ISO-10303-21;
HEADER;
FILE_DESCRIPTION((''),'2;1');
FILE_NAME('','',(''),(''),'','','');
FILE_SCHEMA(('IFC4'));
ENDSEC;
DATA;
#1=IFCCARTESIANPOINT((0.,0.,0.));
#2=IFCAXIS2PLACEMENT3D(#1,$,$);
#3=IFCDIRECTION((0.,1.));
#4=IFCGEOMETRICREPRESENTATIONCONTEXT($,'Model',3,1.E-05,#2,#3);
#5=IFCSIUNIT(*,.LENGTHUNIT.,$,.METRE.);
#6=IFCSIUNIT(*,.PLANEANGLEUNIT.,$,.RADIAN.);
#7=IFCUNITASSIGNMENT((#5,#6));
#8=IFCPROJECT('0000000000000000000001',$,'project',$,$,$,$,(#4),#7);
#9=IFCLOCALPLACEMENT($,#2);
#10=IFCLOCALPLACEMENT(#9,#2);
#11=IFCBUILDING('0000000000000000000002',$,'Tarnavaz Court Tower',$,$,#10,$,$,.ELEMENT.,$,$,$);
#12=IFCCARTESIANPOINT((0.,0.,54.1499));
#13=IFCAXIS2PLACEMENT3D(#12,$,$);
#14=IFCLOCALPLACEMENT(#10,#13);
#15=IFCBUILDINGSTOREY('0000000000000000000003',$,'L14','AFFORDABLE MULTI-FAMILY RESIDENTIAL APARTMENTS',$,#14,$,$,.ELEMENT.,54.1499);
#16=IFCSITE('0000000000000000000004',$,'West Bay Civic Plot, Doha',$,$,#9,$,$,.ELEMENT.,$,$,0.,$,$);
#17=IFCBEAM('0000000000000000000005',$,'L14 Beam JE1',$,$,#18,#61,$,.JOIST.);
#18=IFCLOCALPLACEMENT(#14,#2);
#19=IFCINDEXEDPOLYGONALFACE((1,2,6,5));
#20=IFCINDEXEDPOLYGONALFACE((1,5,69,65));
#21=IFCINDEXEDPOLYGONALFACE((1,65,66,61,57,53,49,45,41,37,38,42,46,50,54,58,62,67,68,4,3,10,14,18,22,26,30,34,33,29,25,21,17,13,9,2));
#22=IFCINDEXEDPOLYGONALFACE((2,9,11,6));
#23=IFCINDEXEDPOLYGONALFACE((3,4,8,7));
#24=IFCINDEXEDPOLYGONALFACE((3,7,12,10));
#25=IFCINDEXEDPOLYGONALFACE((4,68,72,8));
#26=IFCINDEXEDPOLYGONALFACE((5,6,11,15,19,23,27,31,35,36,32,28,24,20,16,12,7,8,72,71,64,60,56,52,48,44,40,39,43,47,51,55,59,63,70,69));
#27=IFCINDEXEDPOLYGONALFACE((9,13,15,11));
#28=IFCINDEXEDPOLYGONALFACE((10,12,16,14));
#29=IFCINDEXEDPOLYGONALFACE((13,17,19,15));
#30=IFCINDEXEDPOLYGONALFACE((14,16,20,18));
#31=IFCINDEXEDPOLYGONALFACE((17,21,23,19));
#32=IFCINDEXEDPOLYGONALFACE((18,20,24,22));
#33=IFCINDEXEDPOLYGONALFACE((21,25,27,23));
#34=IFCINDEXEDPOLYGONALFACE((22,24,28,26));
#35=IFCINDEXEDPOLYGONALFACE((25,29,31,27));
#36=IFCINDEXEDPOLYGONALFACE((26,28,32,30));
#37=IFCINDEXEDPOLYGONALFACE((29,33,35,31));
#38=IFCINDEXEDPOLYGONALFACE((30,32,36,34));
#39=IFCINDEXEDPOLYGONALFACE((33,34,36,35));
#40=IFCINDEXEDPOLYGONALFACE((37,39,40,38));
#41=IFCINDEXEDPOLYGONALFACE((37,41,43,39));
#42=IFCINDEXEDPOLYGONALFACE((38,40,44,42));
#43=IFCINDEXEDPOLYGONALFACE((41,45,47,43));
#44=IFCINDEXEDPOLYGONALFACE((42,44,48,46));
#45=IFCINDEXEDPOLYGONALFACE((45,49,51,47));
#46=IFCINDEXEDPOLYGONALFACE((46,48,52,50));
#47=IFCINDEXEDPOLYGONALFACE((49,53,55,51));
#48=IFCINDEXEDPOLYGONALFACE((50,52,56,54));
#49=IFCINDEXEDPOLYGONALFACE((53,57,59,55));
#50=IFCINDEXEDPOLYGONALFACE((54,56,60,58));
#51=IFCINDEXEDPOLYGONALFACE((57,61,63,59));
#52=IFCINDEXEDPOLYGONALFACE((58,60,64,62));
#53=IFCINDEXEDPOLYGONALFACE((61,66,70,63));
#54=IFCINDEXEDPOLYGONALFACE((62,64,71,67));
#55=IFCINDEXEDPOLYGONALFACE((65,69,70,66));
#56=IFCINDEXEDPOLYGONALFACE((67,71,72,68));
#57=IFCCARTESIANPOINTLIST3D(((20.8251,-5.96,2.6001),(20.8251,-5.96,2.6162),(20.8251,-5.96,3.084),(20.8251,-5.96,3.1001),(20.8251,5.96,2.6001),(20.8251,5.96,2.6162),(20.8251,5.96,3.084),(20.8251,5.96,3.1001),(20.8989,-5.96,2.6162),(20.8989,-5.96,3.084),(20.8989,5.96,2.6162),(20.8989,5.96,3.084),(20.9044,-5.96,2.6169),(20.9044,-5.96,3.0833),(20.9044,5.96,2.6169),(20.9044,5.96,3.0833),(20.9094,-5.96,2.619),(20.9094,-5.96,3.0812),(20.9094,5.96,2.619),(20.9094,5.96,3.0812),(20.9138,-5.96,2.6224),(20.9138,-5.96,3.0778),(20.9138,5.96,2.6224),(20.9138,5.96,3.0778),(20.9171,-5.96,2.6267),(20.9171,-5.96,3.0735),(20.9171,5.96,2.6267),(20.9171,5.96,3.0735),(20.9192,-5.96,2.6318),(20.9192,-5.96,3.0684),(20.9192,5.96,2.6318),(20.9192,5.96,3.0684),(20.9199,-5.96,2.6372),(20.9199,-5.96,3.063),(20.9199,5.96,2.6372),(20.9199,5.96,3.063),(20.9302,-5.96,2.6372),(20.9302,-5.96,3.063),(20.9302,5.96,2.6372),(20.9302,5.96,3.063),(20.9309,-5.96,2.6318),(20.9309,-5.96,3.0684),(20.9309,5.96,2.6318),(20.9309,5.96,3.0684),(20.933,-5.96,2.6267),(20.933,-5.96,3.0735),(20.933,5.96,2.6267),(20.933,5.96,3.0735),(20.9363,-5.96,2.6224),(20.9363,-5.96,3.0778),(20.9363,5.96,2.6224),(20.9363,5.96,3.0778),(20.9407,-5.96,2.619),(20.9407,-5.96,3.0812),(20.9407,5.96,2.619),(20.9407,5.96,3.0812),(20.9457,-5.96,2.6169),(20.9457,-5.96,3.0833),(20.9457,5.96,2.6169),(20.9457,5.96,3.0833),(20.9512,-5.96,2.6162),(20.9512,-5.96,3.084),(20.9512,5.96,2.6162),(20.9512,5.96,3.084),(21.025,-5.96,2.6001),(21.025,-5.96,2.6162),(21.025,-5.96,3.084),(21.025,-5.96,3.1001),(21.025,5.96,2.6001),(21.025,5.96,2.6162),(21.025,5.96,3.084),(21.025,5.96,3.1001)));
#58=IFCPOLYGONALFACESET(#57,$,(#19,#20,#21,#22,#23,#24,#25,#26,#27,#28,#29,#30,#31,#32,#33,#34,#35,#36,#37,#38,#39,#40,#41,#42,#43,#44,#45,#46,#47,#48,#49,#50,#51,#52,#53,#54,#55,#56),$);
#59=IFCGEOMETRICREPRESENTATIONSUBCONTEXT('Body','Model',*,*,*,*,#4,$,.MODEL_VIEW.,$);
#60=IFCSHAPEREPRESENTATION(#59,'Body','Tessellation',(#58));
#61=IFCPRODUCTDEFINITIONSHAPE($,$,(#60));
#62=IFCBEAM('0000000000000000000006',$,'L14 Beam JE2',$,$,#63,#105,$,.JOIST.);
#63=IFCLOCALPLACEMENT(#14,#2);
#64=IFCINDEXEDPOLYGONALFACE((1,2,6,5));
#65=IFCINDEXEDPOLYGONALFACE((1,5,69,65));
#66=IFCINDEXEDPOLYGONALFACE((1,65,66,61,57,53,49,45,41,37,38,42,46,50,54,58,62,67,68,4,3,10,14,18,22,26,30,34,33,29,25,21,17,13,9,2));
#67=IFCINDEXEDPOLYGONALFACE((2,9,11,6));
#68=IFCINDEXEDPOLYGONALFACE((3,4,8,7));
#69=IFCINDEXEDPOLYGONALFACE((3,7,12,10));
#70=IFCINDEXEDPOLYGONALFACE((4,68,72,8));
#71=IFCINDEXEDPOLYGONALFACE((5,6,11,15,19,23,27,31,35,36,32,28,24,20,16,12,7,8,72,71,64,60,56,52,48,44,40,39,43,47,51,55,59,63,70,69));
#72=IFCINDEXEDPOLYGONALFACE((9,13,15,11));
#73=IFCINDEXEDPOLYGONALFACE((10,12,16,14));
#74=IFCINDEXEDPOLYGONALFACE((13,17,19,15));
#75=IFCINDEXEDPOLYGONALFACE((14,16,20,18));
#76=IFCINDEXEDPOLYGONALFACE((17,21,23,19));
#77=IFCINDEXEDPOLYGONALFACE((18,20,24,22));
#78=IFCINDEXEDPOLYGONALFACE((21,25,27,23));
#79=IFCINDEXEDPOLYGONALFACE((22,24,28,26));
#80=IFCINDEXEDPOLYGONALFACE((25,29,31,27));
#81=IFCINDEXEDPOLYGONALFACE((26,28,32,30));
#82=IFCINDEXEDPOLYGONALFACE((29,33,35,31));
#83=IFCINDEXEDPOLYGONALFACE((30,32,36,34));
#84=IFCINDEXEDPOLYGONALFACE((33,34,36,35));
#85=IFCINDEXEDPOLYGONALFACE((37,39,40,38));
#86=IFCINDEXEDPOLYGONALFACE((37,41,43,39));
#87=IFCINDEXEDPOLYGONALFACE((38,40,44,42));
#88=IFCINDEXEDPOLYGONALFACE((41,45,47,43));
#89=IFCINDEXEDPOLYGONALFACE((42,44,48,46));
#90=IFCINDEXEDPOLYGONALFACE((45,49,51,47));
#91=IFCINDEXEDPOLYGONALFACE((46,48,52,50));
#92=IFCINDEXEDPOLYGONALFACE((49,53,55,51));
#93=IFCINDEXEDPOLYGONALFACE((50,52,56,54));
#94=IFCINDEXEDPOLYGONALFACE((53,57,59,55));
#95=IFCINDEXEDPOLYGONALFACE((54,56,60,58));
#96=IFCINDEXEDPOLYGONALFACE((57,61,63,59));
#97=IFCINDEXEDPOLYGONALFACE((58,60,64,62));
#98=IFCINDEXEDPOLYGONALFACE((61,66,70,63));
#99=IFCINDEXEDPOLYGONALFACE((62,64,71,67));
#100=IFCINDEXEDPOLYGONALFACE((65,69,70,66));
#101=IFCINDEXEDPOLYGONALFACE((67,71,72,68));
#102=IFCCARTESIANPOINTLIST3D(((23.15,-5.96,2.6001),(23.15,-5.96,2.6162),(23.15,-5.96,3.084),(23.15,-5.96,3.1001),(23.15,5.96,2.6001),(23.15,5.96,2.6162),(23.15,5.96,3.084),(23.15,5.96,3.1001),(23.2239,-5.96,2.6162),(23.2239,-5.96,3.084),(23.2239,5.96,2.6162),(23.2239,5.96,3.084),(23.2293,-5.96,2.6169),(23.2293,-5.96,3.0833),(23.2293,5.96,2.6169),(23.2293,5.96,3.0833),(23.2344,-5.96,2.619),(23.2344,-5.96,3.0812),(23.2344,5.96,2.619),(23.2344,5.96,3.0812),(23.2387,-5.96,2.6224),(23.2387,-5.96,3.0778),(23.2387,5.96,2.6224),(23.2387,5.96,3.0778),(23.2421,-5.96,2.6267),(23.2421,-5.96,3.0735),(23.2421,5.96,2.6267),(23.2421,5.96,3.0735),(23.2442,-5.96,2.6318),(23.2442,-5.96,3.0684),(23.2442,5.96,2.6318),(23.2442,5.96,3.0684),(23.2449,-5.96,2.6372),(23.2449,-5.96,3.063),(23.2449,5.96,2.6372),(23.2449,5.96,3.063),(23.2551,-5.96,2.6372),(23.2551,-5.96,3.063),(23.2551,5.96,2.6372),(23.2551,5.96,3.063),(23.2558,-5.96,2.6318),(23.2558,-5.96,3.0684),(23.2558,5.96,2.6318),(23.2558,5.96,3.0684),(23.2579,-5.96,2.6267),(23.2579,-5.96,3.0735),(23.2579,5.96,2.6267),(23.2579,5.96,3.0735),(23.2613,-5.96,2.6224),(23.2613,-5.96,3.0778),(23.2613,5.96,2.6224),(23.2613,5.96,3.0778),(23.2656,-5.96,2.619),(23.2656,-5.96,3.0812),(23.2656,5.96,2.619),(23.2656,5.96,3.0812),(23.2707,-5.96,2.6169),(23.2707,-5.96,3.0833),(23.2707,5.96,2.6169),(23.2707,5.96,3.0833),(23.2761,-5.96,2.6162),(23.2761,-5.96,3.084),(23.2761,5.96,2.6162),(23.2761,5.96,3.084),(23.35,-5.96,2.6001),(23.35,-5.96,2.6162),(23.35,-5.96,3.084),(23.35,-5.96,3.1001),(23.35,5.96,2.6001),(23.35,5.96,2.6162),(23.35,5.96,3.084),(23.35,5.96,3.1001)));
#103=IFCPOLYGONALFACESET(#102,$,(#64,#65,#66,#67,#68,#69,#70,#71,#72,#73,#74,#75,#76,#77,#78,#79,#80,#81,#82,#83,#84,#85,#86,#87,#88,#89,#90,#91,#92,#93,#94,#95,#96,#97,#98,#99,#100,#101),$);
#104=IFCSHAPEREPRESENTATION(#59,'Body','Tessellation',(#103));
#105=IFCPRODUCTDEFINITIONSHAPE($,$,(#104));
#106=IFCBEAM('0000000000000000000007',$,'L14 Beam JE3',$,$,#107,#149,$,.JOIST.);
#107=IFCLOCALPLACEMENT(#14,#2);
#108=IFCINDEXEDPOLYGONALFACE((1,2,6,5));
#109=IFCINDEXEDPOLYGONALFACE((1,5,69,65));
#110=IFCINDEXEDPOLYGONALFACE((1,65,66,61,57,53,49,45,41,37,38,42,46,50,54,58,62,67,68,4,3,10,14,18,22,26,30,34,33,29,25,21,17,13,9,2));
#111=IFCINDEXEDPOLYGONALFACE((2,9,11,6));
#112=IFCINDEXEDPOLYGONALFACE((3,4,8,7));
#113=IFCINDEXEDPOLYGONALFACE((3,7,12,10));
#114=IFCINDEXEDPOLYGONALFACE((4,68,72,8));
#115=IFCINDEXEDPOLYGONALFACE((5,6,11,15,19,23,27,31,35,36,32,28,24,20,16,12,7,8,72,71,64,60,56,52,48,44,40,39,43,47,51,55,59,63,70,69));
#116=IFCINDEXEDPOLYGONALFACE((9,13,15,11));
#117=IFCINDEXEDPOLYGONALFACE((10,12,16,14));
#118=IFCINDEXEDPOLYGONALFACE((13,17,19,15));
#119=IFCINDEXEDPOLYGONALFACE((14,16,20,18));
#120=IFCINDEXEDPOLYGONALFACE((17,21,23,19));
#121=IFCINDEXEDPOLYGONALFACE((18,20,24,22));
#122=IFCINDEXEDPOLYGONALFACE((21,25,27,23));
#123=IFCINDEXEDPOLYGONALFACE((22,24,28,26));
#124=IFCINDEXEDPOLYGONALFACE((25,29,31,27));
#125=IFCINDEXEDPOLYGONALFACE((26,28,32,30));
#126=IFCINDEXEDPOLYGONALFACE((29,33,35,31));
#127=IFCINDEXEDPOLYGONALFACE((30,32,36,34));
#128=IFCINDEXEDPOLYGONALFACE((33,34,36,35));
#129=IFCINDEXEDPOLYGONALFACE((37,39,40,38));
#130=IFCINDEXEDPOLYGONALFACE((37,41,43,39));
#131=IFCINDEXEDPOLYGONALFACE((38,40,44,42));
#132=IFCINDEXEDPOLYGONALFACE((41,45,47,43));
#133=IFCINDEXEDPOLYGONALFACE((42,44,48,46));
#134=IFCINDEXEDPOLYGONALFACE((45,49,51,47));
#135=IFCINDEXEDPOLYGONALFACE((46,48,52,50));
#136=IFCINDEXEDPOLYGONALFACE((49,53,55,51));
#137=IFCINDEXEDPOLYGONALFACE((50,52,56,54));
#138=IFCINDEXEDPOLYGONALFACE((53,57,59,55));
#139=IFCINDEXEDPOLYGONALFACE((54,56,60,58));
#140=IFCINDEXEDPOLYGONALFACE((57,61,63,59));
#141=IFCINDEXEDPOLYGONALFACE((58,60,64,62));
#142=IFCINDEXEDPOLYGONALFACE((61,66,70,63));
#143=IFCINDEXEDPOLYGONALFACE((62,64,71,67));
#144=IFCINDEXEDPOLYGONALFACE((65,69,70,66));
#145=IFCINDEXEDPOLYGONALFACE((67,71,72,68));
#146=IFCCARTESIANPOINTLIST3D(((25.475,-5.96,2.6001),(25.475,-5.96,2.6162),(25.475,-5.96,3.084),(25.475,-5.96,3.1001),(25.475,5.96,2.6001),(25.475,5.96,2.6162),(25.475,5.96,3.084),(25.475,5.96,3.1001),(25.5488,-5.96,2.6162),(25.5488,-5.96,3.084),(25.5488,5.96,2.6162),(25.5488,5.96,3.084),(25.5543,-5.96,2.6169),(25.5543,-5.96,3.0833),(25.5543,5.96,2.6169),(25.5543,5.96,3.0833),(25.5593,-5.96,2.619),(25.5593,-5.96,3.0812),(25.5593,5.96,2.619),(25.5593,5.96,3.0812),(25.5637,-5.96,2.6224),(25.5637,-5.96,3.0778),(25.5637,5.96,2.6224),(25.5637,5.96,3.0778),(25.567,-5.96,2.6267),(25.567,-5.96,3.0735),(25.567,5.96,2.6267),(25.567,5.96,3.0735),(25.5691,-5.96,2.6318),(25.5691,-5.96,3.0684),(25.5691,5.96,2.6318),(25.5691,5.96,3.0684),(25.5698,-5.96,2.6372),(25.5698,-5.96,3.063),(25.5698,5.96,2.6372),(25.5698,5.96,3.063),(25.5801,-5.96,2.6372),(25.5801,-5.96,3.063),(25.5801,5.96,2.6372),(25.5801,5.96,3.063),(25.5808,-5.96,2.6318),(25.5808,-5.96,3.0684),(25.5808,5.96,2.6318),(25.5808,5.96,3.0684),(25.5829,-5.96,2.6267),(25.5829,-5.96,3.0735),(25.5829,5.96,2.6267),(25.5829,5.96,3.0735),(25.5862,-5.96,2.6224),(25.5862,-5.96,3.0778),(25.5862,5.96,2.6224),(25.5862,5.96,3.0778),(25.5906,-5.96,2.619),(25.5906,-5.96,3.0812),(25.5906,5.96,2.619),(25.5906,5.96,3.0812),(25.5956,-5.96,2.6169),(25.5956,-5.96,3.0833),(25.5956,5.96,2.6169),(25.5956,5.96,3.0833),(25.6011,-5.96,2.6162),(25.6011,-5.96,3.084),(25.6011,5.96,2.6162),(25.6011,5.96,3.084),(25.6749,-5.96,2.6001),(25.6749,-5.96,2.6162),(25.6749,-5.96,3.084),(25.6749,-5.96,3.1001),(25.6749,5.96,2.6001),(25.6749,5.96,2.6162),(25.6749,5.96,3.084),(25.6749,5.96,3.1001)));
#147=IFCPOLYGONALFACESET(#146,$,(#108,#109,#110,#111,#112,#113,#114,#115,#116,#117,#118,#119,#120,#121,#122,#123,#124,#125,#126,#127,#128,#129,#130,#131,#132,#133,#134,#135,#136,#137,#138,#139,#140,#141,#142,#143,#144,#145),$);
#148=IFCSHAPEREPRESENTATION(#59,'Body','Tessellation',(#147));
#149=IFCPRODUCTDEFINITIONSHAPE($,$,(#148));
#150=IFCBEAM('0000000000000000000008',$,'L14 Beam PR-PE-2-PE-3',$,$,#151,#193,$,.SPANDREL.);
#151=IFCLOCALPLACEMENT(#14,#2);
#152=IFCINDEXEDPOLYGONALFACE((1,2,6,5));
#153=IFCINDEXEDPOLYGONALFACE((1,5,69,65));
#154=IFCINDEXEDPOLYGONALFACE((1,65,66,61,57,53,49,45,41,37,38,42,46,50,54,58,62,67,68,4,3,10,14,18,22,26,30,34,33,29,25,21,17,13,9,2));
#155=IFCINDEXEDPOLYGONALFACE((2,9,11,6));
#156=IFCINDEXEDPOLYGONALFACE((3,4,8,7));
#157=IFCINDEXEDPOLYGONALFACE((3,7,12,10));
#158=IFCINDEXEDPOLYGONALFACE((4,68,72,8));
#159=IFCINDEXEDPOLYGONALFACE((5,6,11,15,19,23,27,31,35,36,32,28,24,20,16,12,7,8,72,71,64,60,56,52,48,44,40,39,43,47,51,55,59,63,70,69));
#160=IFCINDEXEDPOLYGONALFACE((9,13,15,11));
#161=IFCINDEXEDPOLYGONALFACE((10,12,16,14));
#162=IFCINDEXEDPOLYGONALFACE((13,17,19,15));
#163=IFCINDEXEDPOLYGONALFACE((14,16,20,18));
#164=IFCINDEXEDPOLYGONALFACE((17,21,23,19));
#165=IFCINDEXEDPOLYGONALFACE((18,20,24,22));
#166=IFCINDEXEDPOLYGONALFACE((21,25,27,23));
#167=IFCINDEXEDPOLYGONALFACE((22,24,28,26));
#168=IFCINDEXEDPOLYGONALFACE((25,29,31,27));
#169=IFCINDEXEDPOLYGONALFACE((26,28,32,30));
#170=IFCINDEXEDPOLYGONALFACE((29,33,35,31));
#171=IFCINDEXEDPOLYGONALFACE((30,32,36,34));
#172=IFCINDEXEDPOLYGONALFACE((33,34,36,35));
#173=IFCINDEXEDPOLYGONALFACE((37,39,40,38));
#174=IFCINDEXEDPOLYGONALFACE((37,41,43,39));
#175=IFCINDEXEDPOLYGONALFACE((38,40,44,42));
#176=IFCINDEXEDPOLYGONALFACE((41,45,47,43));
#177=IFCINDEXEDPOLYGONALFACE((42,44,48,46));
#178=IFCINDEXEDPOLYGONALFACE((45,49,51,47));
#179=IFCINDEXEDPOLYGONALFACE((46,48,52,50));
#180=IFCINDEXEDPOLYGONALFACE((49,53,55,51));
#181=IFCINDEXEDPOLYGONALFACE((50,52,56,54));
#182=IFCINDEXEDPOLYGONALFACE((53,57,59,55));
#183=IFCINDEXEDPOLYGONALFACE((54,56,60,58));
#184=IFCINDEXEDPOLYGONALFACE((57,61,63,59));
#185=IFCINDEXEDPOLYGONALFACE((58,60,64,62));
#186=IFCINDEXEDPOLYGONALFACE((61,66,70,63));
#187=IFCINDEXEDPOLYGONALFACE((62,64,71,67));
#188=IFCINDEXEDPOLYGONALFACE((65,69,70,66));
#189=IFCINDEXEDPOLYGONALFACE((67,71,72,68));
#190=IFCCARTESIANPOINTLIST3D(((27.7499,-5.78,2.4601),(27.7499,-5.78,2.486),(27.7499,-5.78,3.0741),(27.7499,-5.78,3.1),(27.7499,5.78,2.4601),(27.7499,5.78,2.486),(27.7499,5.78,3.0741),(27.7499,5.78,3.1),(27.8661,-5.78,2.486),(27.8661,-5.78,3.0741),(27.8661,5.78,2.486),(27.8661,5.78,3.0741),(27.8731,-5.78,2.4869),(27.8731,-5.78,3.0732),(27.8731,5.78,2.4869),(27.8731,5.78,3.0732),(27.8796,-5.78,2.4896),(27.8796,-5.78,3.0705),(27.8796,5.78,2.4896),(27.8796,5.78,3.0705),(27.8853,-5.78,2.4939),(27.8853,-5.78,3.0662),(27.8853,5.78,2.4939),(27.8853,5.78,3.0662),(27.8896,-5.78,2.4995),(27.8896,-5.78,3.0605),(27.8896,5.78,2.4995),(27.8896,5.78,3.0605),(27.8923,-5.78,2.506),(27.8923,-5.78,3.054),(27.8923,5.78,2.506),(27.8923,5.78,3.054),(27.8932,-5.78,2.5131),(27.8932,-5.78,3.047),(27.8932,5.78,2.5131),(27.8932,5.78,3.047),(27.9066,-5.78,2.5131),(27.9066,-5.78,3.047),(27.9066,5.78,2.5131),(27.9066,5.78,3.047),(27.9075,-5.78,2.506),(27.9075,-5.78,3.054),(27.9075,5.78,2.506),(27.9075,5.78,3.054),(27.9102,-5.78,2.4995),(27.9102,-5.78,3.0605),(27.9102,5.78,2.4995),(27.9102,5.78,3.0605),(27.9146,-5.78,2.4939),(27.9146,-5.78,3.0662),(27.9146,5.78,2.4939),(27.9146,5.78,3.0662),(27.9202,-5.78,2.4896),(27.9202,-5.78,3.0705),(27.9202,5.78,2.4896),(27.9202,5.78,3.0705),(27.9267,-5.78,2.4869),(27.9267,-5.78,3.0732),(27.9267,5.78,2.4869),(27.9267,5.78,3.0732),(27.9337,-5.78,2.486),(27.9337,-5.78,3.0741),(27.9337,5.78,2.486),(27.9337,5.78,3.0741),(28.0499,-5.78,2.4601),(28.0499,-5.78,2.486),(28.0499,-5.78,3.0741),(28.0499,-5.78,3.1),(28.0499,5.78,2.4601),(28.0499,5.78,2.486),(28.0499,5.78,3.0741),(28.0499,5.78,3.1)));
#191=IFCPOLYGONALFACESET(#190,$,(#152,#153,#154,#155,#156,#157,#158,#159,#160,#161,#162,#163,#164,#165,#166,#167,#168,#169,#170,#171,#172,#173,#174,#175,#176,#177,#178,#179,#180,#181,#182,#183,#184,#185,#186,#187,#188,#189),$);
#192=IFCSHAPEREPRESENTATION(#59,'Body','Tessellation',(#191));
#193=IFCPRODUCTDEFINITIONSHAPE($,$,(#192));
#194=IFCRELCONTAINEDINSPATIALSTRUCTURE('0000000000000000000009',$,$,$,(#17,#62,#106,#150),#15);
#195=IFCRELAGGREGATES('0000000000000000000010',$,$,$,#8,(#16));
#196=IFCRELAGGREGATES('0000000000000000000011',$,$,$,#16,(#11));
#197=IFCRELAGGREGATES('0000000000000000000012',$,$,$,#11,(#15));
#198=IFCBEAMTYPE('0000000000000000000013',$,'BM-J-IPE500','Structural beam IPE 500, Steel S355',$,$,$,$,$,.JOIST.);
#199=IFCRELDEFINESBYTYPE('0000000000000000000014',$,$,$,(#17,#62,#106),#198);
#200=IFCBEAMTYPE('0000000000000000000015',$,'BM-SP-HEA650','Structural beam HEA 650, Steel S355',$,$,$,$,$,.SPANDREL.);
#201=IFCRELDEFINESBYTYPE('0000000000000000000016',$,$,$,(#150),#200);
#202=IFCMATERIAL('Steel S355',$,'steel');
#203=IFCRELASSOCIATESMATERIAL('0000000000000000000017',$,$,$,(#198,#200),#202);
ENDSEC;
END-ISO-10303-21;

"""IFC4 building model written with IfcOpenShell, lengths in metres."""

from ifc_helpers import new_model, si_unit, direction, frame, origin, origin_2d, place, context, subcontext, project, spatial, i_section, extrude, material, material_profile, profile_set, type_object, element, save


model = new_model("IFC4")

# Units and contexts
model_context = context("Model", 3, precision=1e-05, world=origin(), true_north=direction((0.0, 1.0)))
body_context = subcontext(model_context, "Body", "Model", "MODEL_VIEW")
ifc_project = project(units=[si_unit("LENGTHUNIT", "METRE"), si_unit("PLANEANGLEUNIT", "RADIAN")], contexts=[model_context])

# Site, building, storey
site_placement = place(None, origin())
site = spatial("IfcSite", under=ifc_project, at=site_placement, Name="West Bay Civic Plot, Doha", CompositionType="ELEMENT", RefElevation=0.0)
building_placement = place(site_placement, origin())
building = spatial("IfcBuilding", under=site, at=building_placement, Name="Tarnavaz Court Tower", CompositionType="ELEMENT")
storey_placement = place(building_placement, frame((0.0, 0.0, 54.1499)))
storey = spatial("IfcBuildingStorey", under=building, at=storey_placement, Name="L14", Description="AFFORDABLE MULTI-FAMILY RESIDENTIAL APARTMENTS", CompositionType="ELEMENT", Elevation=54.1499)

# Beams
ifc_material_1 = material(Name="Steel S355", Category="steel")
ifc_material_profile_1 = material_profile(ifc_material_1, i_section(OverallWidth=0.2, OverallDepth=0.5, WebThickness=0.0103, FlangeThickness=0.0161, FilletRadius=0.021, at=origin_2d()), Name="IPE 500")
ifc_profile_set_1 = profile_set([ifc_material_profile_1], Name="Steel S355")
beam_type_1 = type_object("IfcBeamType", Name="BM-J-IPE500", Description="Structural beam IPE 500, Steel S355", PredefinedType="JOIST", material=ifc_profile_set_1)
for number, where, z_axis, x_axis, name in (
    (1, (20.925, -5.96, 2.8501), (0.0, 1.0, 0.0), (-1.0, 0.0, 0.0), "L14 Beam JE1"),
    (2, (23.25, -5.96, 2.8501), (0.0, 1.0, 0.0), (-1.0, 0.0, 0.0), "L14 Beam JE2"),
    (3, (25.575, -5.96, 2.8501), (0.0, 1.0, 0.0), (-1.0, 0.0, 0.0), "L14 Beam JE3"),
):
    element("IfcBeam", number, at=place(storey_placement, frame(where, z_axis=z_axis, x_axis=x_axis)), inside=storey, type_object=beam_type_1, Name=name, PredefinedType="JOIST", context=body_context, shape_type="SweptSolid", body=[
        extrude(i_section(OverallWidth=0.2, OverallDepth=0.5, WebThickness=0.0103, FlangeThickness=0.0161, FilletRadius=0.021, at=origin_2d()), origin(), (0.0, 0.0, 1.0), 11.9199),
    ])
ifc_material_profile_2 = material_profile(ifc_material_1, i_section(OverallWidth=0.3, OverallDepth=0.6399, WebThickness=0.0134, FlangeThickness=0.0259, FilletRadius=0.0271, at=origin_2d()), Name="HEA 650")
ifc_profile_set_2 = profile_set([ifc_material_profile_2], Name="Steel S355")
beam_type_2 = type_object("IfcBeamType", Name="BM-SP-HEA650", Description="Structural beam HEA 650, Steel S355", PredefinedType="SPANDREL", material=ifc_profile_set_2)
beam_1_placement = place(storey_placement, frame((27.8999, -5.78, 2.78), z_axis=(0.0, 1.0, 0.0), x_axis=(-1.0, 0.0, 0.0)))
element("IfcBeam", 4, at=beam_1_placement, inside=storey, type_object=beam_type_2, Name="L14 Beam PR-PE-2-PE-3", PredefinedType="SPANDREL", context=body_context, shape_type="SweptSolid", body=[
    extrude(i_section(OverallWidth=0.3, OverallDepth=0.6399, WebThickness=0.0134, FlangeThickness=0.0259, FilletRadius=0.0271, at=origin_2d()), origin(), (0.0, 0.0, 1.0), 11.5601),
])

save(model, "model.ifc")
